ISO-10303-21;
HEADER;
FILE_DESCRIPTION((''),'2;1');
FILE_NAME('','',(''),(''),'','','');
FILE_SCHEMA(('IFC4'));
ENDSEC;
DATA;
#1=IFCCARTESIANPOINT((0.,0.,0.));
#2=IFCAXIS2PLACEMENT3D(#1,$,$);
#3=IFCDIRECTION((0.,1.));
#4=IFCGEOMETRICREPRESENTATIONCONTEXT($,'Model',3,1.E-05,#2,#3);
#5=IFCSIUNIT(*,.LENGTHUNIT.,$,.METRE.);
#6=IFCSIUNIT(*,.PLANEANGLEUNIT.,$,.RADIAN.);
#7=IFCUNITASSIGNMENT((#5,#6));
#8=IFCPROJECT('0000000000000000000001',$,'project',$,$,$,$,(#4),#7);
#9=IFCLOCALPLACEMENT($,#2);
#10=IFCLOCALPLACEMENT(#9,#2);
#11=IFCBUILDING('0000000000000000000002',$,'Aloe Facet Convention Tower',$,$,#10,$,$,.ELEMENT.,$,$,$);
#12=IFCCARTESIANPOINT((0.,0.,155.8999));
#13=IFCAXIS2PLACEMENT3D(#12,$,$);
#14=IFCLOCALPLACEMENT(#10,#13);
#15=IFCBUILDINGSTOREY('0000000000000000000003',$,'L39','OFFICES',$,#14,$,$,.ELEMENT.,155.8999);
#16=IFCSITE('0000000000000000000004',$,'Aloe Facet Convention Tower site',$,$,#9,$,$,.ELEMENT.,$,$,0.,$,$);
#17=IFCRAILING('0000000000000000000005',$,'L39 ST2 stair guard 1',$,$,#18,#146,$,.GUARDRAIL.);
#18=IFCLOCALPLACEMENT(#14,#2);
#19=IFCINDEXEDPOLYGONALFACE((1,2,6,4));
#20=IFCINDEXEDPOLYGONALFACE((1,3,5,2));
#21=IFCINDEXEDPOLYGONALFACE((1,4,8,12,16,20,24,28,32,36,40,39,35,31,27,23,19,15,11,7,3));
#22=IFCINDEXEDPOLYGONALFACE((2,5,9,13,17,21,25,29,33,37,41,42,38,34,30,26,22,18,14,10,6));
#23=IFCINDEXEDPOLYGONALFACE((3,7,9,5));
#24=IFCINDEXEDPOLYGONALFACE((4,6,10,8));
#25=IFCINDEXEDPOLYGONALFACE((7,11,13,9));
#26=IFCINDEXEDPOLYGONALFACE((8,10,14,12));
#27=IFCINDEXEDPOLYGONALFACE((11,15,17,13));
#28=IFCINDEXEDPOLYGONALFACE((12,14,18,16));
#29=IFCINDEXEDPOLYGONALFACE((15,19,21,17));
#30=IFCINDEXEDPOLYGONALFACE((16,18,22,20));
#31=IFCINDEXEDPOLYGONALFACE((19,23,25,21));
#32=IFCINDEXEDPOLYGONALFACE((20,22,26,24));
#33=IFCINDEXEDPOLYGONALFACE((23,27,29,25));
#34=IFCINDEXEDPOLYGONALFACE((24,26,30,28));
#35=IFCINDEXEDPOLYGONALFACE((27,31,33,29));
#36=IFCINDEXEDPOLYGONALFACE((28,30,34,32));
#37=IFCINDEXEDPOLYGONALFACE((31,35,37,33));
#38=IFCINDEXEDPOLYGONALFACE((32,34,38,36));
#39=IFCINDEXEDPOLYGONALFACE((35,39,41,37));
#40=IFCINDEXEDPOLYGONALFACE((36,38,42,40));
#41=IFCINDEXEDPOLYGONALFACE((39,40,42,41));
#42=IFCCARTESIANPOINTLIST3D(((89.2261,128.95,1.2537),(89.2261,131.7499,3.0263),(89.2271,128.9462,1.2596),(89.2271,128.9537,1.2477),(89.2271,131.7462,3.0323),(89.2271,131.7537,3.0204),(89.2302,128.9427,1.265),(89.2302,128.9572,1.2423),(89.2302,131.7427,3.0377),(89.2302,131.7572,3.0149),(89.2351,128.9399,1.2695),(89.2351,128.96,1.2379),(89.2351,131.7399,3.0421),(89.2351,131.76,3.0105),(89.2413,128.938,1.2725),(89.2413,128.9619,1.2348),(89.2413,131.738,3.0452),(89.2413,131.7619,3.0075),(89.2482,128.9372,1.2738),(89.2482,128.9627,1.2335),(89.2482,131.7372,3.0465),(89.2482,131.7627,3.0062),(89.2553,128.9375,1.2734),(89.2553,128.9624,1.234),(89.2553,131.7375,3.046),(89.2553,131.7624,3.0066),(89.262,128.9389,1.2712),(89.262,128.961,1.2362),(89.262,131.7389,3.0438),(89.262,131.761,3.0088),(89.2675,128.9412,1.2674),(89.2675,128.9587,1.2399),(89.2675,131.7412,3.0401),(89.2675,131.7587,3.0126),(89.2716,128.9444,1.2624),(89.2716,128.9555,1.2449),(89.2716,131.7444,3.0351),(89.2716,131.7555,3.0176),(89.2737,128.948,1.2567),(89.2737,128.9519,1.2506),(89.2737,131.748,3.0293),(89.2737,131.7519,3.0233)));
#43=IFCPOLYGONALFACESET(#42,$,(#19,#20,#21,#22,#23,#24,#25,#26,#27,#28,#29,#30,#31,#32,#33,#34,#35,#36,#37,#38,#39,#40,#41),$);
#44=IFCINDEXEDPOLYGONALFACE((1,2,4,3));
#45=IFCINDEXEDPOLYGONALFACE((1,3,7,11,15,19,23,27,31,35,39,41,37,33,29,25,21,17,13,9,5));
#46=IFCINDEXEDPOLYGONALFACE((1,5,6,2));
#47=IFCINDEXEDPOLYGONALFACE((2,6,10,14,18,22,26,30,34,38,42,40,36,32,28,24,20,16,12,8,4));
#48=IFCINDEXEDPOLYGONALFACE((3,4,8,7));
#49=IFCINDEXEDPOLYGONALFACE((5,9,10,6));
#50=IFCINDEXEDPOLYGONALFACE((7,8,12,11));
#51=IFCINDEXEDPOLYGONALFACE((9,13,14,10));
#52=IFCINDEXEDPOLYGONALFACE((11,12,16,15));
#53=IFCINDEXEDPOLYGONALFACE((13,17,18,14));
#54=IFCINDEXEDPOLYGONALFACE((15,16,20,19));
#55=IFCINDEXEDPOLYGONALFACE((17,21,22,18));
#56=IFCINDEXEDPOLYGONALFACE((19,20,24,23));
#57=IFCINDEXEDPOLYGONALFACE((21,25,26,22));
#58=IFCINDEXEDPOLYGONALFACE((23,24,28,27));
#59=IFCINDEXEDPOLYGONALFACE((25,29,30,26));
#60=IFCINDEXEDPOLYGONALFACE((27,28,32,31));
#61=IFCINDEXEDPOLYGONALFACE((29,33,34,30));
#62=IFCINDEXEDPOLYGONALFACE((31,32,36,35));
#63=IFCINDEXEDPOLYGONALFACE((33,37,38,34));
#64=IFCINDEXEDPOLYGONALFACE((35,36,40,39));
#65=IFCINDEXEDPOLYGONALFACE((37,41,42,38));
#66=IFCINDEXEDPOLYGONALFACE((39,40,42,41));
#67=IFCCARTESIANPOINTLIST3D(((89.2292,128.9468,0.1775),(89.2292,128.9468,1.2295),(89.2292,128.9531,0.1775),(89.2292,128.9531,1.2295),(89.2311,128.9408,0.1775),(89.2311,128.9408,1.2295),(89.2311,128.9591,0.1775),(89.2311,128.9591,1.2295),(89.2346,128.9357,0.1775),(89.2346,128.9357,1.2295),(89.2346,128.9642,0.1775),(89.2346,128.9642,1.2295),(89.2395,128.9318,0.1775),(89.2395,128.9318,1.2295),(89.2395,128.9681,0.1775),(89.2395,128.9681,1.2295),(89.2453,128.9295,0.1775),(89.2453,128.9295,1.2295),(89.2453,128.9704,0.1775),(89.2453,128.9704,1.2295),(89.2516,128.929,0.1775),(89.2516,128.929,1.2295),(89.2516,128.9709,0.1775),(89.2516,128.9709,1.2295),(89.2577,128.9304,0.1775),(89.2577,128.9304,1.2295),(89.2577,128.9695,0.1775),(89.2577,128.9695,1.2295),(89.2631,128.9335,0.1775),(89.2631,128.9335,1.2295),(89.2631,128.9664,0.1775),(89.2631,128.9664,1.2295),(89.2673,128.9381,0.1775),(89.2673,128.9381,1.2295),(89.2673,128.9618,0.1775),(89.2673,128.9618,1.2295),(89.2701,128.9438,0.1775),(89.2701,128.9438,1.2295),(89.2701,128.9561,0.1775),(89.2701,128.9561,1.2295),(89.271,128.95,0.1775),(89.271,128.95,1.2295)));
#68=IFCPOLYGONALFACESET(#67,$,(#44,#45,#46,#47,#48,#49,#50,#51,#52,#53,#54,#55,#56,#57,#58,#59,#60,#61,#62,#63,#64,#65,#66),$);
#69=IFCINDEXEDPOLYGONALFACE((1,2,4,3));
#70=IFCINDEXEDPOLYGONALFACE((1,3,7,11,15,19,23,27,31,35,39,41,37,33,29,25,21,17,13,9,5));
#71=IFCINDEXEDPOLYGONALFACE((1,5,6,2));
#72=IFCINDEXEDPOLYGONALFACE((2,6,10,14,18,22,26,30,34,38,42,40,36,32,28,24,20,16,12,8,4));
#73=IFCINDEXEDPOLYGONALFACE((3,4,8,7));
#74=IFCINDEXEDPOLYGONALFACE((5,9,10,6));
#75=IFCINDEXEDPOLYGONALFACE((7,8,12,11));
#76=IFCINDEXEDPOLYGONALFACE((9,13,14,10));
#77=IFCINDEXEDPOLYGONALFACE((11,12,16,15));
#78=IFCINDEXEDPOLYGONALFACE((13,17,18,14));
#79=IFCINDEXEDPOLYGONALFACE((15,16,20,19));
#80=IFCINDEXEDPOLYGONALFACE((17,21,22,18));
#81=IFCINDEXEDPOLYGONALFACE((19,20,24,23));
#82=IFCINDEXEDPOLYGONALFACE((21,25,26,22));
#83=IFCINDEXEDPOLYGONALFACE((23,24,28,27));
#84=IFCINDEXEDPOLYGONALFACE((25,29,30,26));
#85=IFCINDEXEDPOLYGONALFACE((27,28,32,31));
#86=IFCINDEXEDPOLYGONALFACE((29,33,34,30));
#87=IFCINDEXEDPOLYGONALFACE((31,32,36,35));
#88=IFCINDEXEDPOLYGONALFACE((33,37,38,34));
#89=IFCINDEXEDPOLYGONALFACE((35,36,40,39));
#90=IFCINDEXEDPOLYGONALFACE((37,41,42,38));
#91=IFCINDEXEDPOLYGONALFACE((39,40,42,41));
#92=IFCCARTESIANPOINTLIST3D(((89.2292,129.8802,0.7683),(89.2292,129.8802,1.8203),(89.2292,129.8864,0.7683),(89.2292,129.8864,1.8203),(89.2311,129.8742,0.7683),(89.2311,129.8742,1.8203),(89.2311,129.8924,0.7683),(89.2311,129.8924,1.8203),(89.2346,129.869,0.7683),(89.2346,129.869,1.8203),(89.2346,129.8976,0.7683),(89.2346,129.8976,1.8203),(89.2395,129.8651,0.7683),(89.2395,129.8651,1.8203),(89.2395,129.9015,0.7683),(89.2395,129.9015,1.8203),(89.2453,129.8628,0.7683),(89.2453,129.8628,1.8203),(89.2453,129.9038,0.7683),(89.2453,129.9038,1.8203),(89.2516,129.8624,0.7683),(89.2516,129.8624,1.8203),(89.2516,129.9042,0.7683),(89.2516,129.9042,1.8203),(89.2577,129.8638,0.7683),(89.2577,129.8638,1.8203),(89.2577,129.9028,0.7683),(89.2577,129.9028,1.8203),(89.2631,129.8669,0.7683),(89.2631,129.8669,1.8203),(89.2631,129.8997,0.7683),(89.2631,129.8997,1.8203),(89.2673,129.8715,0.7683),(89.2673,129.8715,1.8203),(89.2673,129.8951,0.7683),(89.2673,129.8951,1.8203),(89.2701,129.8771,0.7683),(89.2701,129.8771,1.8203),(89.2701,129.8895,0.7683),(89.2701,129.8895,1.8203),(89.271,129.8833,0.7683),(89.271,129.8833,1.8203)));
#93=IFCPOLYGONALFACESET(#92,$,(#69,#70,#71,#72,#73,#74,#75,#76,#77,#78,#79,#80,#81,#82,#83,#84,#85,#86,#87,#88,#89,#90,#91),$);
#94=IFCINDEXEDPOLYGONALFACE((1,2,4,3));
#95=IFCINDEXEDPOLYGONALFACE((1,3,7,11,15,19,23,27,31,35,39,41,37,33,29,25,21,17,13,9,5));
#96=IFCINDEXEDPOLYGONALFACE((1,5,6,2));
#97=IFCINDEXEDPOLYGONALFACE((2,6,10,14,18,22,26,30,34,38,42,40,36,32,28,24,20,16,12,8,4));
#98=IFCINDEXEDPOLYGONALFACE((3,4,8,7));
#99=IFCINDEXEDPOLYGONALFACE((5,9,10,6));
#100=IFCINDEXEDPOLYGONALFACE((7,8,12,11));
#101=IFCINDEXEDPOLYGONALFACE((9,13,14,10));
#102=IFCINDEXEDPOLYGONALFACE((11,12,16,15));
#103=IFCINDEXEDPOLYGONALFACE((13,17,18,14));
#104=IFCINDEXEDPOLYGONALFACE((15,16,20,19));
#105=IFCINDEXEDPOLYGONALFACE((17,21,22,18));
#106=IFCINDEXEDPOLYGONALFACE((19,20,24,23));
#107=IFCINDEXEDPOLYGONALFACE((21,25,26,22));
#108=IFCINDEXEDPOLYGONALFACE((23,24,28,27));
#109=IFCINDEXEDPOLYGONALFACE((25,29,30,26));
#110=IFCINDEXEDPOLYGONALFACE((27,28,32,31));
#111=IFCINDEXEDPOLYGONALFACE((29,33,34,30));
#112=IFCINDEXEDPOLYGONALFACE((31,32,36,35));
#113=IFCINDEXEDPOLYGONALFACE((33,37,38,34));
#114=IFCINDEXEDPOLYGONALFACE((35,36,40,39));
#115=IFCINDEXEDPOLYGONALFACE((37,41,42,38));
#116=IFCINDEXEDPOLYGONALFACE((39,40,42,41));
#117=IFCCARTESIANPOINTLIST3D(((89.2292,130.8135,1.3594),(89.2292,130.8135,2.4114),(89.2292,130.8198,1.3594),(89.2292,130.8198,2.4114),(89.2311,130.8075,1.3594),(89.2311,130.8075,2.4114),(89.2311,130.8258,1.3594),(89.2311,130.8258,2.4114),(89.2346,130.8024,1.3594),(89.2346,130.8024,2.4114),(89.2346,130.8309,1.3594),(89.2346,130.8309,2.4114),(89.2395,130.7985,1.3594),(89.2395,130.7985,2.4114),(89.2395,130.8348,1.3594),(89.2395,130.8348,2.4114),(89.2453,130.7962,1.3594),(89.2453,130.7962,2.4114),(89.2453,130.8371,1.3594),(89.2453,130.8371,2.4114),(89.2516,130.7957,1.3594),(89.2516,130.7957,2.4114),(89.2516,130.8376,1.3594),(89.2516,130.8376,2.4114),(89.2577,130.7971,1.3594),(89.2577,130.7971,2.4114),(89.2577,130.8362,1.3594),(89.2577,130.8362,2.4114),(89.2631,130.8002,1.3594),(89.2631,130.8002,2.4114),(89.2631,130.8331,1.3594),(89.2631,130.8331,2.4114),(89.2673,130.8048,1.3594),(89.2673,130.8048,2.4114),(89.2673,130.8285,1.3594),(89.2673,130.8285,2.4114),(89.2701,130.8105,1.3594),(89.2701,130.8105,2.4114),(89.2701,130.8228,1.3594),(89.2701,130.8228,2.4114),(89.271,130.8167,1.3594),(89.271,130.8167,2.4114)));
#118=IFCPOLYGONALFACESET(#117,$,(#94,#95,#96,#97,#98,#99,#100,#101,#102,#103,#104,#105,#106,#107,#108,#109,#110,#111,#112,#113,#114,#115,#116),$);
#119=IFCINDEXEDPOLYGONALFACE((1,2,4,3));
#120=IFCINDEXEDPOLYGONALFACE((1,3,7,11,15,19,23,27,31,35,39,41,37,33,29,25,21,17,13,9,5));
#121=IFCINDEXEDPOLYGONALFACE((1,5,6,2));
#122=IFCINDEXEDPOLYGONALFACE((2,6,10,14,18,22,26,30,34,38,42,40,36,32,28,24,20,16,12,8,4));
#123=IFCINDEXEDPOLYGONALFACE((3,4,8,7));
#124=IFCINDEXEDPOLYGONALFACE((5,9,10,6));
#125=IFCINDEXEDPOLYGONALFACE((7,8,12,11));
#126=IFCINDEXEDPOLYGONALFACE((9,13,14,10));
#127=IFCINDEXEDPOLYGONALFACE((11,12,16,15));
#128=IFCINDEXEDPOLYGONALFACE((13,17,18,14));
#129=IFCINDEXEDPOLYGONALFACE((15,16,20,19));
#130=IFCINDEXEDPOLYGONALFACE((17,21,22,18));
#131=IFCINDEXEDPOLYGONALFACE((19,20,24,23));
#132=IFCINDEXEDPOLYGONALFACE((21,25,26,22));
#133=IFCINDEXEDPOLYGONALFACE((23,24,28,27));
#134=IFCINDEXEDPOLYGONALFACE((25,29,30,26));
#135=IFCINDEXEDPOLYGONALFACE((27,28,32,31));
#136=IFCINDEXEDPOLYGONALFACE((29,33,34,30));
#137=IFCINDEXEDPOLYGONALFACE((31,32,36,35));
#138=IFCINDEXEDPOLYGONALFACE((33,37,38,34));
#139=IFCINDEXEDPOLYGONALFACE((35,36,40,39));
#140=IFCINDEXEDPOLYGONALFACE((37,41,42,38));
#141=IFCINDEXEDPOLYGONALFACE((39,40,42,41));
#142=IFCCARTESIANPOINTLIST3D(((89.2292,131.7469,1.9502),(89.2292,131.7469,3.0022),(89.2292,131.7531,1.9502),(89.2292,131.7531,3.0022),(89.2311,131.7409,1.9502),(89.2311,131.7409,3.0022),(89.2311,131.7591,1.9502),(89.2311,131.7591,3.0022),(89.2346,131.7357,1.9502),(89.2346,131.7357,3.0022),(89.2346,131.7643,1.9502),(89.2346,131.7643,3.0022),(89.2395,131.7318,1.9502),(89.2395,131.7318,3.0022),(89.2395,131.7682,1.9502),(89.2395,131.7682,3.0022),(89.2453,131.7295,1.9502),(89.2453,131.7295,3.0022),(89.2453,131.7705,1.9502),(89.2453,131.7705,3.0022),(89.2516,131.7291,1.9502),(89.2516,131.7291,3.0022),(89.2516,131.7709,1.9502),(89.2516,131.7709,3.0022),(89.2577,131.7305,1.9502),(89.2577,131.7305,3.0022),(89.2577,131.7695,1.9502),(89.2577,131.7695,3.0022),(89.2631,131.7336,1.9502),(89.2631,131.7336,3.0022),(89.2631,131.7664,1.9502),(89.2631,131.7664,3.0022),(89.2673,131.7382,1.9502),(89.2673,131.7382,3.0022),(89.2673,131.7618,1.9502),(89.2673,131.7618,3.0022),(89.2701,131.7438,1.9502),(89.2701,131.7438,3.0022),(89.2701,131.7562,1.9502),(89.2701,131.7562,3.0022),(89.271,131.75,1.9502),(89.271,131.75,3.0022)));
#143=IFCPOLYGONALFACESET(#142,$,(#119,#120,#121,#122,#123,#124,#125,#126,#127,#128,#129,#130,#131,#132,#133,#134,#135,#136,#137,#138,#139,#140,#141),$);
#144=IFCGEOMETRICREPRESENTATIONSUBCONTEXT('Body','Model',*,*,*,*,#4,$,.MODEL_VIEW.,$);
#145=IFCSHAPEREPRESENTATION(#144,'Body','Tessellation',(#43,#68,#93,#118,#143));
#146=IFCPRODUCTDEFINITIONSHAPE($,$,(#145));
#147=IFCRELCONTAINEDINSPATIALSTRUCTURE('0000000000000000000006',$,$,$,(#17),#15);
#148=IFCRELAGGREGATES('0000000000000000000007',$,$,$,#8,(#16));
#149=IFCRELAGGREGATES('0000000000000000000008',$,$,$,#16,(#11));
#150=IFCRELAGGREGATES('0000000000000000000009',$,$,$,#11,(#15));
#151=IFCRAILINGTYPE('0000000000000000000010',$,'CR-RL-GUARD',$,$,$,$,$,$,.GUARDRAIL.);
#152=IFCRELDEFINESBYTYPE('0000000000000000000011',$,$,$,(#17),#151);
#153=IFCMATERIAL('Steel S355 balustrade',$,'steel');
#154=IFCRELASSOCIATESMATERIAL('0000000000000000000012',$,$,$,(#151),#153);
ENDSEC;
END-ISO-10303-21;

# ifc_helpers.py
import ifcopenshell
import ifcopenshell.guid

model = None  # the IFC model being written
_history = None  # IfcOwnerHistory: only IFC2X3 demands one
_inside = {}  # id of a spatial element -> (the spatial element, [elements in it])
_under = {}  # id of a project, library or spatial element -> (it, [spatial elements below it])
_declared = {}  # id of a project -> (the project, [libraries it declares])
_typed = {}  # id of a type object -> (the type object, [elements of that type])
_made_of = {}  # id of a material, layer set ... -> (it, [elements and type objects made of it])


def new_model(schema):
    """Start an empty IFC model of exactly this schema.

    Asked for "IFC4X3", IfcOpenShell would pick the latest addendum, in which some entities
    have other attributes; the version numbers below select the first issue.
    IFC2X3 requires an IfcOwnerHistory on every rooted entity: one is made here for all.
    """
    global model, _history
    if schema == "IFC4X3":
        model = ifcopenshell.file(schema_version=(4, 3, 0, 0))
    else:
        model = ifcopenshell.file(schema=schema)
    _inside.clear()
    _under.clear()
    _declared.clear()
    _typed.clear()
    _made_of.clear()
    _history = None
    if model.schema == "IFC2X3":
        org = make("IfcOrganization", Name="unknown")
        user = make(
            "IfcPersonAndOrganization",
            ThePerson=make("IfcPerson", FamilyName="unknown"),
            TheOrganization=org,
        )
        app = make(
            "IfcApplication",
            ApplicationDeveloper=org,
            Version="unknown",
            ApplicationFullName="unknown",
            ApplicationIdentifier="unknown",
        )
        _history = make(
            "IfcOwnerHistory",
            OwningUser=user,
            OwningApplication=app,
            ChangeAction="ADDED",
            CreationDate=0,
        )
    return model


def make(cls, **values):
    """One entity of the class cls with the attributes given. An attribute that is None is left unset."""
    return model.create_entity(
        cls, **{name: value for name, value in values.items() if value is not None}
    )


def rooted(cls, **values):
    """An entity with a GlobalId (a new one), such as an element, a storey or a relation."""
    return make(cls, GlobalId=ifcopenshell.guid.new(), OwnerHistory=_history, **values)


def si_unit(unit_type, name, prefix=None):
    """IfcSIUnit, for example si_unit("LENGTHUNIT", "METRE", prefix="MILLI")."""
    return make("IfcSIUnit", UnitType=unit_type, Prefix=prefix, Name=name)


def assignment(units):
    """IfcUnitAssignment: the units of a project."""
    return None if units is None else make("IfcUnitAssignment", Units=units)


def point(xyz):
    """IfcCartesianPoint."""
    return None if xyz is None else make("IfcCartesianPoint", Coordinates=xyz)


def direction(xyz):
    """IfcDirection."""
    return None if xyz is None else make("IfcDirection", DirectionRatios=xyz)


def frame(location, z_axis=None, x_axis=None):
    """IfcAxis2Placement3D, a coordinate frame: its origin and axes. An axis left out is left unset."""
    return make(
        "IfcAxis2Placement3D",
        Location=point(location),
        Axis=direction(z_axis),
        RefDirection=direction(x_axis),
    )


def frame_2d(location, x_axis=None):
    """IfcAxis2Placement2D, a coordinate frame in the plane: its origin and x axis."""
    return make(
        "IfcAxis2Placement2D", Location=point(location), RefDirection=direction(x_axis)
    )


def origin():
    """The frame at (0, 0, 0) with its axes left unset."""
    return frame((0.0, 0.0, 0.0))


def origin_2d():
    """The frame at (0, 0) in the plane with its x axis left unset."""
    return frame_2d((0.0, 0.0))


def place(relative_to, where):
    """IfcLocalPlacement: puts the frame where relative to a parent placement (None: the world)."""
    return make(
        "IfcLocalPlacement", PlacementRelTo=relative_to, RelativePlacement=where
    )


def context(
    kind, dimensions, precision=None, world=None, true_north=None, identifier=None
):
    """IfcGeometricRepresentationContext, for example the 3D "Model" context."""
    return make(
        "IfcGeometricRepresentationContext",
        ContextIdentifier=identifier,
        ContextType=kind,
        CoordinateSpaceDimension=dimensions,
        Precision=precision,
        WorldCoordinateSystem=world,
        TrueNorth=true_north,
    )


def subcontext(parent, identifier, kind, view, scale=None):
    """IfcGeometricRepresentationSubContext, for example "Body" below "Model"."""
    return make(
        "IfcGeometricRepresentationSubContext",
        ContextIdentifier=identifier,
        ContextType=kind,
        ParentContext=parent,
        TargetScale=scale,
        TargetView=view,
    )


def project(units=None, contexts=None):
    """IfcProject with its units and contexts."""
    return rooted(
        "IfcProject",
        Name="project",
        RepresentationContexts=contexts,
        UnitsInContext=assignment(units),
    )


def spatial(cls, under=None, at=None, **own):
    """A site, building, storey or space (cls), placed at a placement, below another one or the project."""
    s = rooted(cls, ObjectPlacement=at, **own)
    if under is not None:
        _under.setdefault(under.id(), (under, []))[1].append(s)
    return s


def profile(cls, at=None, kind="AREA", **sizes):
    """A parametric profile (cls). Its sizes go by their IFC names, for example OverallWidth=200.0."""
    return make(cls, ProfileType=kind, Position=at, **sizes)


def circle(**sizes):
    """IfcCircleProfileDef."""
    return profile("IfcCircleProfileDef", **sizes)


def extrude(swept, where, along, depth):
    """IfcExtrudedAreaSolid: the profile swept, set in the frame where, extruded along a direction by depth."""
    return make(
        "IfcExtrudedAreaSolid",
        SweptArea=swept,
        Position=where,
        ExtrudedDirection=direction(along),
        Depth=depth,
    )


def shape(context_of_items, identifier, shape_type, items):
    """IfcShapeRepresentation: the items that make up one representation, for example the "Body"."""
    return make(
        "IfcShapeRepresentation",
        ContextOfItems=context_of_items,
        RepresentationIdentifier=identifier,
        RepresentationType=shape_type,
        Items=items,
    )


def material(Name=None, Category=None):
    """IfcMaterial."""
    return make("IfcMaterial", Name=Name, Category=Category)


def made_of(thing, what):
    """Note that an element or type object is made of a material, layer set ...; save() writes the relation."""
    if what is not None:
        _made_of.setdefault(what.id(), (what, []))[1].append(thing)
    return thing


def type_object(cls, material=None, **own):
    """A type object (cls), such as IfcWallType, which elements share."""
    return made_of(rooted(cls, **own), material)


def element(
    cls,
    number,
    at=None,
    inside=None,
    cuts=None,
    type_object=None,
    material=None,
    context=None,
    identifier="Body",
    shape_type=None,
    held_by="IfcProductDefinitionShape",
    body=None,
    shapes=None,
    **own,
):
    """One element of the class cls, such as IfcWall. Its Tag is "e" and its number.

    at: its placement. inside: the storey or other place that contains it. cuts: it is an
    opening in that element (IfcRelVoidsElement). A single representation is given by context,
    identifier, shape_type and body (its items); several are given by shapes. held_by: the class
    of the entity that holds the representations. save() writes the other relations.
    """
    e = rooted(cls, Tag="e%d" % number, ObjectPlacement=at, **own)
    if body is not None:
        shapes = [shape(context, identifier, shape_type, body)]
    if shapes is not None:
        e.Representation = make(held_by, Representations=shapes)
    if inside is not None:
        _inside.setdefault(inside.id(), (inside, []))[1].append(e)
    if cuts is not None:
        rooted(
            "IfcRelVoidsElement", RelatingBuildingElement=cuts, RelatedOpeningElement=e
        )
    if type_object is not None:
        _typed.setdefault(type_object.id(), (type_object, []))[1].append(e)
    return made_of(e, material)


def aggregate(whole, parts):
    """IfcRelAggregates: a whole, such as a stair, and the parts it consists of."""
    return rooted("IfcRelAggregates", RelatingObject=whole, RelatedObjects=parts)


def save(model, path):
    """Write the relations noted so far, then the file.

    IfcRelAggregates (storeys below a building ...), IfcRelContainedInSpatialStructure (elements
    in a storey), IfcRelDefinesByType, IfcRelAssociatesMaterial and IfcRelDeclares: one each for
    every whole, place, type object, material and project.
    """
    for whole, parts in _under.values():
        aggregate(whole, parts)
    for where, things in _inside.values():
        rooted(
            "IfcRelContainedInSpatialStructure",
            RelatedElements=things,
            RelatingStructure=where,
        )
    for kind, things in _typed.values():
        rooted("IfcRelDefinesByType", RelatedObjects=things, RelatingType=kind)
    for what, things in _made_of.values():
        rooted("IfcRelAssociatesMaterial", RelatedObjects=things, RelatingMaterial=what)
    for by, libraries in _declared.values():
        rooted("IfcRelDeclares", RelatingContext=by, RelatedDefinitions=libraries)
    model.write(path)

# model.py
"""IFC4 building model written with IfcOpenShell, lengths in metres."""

from ifc_helpers import new_model, si_unit, direction, frame, origin, origin_2d, place, context, subcontext, project, spatial, circle, extrude, material, type_object, element, save


model = new_model("IFC4")

# Units and contexts
model_context = context("Model", 3, precision=1e-05, world=origin(), true_north=direction((0.0, 1.0)))
body_context = subcontext(model_context, "Body", "Model", "MODEL_VIEW")
ifc_project = project(units=[si_unit("LENGTHUNIT", "METRE"), si_unit("PLANEANGLEUNIT", "RADIAN")], contexts=[model_context])

# Site, building, storey
site_placement = place(None, origin())
site = spatial("IfcSite", under=ifc_project, at=site_placement, Name="Aloe Facet Convention Tower site", CompositionType="ELEMENT", RefElevation=0.0)
building_placement = place(site_placement, origin())
building = spatial("IfcBuilding", under=site, at=building_placement, Name="Aloe Facet Convention Tower", CompositionType="ELEMENT")
storey_placement = place(building_placement, frame((0.0, 0.0, 155.8999)))
storey = spatial("IfcBuildingStorey", under=building, at=storey_placement, Name="L39", Description="OFFICES", CompositionType="ELEMENT", Elevation=155.8999)

# Railing
ifc_material_1 = material(Name="Steel S355 balustrade", Category="steel")
railing_type_1 = type_object("IfcRailingType", Name="CR-RL-GUARD", PredefinedType="GUARDRAIL", material=ifc_material_1)
railing_1_placement = place(storey_placement, frame((89.25, 128.95, 0.1775)))
element("IfcRailing", 1, at=railing_1_placement, inside=storey, type_object=railing_type_1, Name="L39 ST2 stair guard 1", PredefinedType="GUARDRAIL", context=body_context, shape_type="SweptSolid", body=[
    extrude(circle(Radius=0.0239, at=origin_2d()), frame((0.0, 0.0, 1.0762), z_axis=(0.0, 0.844909, 0.53491), x_axis=(-1.0, 0.0, 0.0)), (0.0, 0.0, 1.0), 3.314),
    extrude(circle(Radius=0.021, at=origin_2d()), origin(), (0.0, 0.0, 1.0), 1.052),
    extrude(circle(Radius=0.021, at=origin_2d()), frame((0.0, 0.9333, 0.5908)), (0.0, 0.0, 1.0), 1.052),
    extrude(circle(Radius=0.021, at=origin_2d()), frame((0.0, 1.8667, 1.1819)), (0.0, 0.0, 1.0), 1.052),
    extrude(circle(Radius=0.021, at=origin_2d()), frame((0.0, 2.8, 1.7727)), (0.0, 0.0, 1.0), 1.052),
])

save(model, "model.ifc")
